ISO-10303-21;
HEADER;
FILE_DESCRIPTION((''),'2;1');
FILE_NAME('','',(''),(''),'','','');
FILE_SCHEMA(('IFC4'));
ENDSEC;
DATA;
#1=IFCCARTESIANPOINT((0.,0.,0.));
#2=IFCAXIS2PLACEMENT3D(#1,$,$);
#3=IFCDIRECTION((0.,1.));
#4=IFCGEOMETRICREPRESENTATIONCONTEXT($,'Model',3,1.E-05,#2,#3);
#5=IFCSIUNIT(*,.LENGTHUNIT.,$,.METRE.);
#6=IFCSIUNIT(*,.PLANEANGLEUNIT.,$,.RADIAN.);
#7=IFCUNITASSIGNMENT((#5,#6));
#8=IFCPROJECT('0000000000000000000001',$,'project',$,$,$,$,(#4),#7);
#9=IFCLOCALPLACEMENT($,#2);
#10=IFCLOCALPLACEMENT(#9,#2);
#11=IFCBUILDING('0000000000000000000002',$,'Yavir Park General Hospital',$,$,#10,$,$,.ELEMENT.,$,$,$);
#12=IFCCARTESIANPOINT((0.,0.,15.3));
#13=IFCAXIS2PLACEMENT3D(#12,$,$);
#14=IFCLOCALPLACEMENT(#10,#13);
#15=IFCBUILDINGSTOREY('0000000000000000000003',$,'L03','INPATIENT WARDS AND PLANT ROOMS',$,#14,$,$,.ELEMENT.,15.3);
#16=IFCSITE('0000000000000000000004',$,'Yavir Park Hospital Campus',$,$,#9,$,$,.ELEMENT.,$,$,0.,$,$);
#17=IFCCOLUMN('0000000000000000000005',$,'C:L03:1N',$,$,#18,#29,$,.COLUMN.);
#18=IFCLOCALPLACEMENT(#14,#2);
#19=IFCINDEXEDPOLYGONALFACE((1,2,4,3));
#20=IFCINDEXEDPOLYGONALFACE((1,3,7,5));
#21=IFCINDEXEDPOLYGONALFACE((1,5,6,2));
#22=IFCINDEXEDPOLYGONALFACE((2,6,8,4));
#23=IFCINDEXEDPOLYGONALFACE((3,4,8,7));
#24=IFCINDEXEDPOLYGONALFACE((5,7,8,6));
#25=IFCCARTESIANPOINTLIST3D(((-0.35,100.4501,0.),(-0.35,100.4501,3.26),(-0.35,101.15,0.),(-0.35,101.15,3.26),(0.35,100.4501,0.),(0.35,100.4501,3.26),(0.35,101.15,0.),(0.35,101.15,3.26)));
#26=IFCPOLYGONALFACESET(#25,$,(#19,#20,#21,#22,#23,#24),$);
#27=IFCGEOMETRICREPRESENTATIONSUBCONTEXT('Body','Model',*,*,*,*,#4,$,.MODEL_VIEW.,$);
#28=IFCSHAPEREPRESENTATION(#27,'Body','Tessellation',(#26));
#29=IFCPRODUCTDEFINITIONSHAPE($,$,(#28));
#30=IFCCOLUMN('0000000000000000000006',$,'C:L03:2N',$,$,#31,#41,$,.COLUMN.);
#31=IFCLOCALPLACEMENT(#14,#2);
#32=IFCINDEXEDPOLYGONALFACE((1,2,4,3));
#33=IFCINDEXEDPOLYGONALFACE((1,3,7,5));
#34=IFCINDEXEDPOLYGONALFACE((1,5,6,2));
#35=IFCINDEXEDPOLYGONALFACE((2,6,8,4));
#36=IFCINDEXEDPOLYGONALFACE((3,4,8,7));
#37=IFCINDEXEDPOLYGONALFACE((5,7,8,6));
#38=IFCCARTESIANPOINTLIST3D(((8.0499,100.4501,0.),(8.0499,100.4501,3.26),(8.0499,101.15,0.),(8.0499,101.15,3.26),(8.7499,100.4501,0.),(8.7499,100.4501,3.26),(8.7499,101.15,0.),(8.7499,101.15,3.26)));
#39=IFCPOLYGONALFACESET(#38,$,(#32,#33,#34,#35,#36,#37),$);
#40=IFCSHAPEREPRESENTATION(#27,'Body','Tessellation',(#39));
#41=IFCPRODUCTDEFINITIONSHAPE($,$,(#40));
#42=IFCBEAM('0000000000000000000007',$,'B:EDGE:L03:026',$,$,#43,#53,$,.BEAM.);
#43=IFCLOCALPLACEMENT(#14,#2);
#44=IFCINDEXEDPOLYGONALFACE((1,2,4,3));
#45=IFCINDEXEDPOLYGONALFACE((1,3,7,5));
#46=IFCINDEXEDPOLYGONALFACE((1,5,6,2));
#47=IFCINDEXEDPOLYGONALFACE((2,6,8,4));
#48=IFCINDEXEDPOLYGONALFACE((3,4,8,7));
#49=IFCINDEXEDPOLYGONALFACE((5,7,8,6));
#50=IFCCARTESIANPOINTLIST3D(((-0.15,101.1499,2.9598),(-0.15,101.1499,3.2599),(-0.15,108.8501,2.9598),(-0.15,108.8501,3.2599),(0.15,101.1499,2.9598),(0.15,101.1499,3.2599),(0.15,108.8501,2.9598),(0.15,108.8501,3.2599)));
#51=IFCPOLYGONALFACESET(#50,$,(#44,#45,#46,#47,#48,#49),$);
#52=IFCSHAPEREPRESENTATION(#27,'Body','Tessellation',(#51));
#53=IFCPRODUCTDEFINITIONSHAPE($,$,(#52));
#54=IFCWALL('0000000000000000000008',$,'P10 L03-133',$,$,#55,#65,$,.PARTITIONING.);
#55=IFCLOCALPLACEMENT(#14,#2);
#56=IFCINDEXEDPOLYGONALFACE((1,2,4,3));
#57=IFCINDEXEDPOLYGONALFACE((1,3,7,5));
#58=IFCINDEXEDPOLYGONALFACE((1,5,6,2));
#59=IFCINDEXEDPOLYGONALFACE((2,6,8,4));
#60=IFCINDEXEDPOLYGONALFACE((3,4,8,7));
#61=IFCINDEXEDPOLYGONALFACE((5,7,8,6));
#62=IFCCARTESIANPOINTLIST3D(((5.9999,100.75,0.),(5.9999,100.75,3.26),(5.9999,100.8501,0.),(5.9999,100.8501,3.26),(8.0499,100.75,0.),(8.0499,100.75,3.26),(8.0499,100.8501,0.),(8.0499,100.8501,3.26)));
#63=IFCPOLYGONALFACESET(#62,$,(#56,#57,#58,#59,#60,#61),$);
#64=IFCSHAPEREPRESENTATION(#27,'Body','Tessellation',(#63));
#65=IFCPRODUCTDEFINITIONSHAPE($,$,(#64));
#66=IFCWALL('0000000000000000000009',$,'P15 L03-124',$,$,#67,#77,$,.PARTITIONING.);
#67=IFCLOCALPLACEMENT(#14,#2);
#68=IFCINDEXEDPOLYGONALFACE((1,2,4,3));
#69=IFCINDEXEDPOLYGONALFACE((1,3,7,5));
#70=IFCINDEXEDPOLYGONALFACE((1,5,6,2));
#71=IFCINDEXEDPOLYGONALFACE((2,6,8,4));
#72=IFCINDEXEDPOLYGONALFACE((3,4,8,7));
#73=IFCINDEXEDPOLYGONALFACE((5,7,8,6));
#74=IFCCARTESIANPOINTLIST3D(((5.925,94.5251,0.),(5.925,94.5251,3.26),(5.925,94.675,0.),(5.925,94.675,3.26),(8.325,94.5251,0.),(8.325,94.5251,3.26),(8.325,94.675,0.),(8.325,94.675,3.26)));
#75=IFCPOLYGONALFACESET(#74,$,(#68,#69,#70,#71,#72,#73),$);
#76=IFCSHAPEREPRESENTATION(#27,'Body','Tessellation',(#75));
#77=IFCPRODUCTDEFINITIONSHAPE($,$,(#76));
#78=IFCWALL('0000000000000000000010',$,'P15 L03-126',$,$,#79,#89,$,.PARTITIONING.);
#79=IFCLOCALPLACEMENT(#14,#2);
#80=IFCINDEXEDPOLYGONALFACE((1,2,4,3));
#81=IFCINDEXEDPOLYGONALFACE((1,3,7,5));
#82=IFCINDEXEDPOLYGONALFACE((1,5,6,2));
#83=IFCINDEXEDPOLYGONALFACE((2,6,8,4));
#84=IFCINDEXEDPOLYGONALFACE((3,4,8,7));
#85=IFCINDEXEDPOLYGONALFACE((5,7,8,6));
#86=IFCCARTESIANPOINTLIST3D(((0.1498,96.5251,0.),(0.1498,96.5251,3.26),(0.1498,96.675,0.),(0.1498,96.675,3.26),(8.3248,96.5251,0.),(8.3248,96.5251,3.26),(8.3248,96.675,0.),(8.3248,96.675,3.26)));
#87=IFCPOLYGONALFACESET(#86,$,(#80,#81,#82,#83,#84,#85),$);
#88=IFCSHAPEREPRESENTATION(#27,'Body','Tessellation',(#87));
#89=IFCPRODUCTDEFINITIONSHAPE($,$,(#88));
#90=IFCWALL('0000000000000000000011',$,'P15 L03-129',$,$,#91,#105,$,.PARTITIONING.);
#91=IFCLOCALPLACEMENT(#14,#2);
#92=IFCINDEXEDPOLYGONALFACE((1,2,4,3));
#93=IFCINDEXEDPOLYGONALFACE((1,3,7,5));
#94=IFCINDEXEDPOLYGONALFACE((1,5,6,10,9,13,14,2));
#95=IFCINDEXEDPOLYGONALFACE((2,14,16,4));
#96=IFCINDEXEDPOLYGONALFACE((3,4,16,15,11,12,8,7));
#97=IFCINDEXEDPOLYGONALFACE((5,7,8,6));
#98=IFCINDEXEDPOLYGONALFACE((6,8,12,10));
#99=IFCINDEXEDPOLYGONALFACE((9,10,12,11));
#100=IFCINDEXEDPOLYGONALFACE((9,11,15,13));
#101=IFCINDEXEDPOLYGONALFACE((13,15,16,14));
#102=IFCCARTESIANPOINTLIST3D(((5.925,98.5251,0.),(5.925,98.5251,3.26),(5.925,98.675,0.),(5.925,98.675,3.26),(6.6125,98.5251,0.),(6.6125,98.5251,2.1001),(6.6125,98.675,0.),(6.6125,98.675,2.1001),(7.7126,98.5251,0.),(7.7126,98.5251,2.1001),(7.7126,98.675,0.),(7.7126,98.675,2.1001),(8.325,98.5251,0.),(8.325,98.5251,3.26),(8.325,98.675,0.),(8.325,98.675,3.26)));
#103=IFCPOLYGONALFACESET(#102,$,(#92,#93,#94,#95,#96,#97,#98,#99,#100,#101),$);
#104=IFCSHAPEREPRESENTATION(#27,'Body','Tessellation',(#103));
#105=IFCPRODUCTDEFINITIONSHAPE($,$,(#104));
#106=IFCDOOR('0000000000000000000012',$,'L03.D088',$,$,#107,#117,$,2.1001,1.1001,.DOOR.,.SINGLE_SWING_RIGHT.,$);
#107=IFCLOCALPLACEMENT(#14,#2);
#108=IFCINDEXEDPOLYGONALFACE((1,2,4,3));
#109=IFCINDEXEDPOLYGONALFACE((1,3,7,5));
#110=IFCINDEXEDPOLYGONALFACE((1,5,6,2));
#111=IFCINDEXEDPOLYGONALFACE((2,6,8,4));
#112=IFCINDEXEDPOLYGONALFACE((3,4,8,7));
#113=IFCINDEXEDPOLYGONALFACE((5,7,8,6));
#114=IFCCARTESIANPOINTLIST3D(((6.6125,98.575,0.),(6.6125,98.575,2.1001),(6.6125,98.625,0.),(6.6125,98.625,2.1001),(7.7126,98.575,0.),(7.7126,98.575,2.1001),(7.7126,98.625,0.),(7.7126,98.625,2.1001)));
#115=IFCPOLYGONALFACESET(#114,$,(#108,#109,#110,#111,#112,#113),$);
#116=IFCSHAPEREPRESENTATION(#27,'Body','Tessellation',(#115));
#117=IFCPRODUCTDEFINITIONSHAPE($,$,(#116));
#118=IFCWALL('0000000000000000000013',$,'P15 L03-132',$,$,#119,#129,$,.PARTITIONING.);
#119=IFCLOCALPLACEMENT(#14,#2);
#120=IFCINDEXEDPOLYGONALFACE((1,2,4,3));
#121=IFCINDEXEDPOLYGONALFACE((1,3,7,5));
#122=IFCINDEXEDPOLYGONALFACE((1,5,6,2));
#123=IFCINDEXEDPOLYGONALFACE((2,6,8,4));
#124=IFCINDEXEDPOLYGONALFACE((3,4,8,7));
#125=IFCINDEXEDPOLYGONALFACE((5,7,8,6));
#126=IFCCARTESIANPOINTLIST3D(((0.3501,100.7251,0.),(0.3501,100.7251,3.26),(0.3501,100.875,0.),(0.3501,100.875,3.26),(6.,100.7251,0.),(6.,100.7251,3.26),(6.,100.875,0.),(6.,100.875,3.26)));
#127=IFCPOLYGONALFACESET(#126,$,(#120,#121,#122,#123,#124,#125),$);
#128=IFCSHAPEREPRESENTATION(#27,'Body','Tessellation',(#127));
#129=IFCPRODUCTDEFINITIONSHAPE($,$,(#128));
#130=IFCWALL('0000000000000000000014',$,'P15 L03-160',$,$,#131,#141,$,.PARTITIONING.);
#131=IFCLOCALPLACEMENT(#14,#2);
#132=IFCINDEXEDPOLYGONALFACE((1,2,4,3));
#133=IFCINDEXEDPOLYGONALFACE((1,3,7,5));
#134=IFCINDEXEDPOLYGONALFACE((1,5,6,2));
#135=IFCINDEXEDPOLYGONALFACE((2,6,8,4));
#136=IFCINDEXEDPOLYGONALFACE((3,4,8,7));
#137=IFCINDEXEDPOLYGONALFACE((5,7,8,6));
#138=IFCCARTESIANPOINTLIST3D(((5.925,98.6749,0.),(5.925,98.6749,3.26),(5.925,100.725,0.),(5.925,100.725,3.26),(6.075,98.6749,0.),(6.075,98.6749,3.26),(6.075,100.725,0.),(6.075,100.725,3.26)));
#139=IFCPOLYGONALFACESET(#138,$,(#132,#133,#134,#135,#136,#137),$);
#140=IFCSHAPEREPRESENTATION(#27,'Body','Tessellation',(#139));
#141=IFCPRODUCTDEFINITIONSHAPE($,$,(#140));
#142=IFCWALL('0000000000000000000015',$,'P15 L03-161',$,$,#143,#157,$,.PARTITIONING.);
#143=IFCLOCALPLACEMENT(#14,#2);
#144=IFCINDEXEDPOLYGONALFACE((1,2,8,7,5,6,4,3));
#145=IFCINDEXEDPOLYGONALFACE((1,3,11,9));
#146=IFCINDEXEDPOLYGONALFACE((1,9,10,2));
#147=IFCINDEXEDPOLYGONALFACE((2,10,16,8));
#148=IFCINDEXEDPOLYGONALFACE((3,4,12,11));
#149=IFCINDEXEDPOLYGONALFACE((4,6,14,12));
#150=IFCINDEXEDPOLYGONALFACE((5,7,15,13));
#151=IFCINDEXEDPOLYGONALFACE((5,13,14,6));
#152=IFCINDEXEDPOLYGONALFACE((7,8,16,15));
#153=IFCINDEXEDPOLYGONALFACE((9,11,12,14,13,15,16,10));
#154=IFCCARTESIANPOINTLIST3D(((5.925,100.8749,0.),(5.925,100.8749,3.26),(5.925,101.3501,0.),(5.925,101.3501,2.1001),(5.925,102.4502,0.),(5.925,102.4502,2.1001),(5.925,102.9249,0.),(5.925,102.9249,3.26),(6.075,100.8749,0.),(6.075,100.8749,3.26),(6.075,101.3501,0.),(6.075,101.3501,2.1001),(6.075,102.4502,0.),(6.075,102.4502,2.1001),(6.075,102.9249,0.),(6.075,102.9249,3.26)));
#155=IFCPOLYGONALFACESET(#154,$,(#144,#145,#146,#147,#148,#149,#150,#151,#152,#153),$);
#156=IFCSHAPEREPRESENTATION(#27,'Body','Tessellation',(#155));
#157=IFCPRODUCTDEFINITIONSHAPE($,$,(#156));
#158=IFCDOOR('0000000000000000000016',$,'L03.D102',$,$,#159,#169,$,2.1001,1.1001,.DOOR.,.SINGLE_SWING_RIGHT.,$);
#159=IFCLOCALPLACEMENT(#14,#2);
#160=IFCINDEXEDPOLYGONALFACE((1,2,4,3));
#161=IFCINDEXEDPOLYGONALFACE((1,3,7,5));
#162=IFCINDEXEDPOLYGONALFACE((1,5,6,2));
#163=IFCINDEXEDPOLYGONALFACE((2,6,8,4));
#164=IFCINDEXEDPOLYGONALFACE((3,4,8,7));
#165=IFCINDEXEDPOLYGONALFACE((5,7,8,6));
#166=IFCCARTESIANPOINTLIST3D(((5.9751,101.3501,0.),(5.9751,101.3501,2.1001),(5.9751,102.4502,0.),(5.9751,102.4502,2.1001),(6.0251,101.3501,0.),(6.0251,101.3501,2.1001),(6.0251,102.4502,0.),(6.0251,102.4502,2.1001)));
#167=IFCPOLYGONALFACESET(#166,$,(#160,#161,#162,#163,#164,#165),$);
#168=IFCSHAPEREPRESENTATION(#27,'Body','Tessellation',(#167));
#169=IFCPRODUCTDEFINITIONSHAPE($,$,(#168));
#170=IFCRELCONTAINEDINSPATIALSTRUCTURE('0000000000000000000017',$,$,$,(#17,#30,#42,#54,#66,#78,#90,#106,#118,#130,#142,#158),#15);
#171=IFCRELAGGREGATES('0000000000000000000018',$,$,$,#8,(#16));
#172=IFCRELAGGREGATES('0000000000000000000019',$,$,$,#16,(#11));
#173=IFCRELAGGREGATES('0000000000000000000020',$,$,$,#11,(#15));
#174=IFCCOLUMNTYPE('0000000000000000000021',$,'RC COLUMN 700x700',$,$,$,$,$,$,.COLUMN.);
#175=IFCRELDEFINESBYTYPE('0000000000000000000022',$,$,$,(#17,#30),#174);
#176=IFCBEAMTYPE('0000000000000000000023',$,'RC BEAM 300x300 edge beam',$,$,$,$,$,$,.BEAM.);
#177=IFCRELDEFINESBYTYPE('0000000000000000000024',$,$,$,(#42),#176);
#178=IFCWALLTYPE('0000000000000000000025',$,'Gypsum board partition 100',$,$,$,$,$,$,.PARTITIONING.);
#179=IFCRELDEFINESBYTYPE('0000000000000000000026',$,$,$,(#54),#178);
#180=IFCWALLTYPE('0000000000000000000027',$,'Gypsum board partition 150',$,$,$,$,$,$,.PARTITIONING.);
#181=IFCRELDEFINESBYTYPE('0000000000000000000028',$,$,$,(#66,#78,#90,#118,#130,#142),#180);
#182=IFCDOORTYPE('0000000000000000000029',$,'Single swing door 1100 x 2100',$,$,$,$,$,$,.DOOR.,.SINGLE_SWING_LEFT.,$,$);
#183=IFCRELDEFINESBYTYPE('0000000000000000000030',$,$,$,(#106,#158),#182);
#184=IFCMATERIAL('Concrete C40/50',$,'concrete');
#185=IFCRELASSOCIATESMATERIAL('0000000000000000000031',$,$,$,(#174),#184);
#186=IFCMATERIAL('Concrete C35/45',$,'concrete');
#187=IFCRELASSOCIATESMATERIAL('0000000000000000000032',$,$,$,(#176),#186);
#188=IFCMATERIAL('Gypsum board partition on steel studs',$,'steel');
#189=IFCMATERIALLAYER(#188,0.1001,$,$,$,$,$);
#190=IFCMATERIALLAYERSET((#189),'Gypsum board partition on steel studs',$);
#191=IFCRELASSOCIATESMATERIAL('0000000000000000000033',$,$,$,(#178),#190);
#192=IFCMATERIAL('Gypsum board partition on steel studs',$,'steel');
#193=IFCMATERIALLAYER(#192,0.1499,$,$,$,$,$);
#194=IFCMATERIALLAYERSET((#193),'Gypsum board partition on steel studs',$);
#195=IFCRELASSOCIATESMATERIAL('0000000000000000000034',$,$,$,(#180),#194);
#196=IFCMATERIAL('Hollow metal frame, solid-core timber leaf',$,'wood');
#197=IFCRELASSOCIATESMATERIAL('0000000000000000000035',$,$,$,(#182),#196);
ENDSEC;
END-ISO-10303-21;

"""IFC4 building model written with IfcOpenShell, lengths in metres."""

from ifc_helpers import new_model, si_unit, direction, frame, frame_2d, origin, origin_2d, place, context, subcontext, project, spatial, rectangle, extrude, material, layer, layer_set, material_profile, profile_set, type_object, element, fill, save


model = new_model("IFC4")

# Units and contexts
model_context = context("Model", 3, precision=1e-05, world=origin(), true_north=direction((0.0, 1.0)))
body_context = subcontext(model_context, "Body", "Model", "MODEL_VIEW")
ifc_project = project(units=[si_unit("LENGTHUNIT", "METRE"), si_unit("PLANEANGLEUNIT", "RADIAN")], contexts=[model_context])

# Site, building, storey
site_placement = place(None, origin())
site = spatial("IfcSite", under=ifc_project, at=site_placement, Name="Yavir Park Hospital Campus", CompositionType="ELEMENT", RefElevation=0.0)
building_placement = place(site_placement, origin())
building = spatial("IfcBuilding", under=site, at=building_placement, Name="Yavir Park General Hospital", CompositionType="ELEMENT")
storey_placement = place(building_placement, frame((0.0, 0.0, 15.3)))
storey = spatial("IfcBuildingStorey", under=building, at=storey_placement, Name="L03", Description="INPATIENT WARDS AND PLANT ROOMS", CompositionType="ELEMENT", Elevation=15.3)

# Columns
ifc_material_1 = material(Name="Concrete C40/50", Category="concrete")
ifc_material_profile_1 = material_profile(ifc_material_1, rectangle(XDim=0.7, YDim=0.7, at=origin_2d()), Name="RC700x700")
ifc_profile_set_1 = profile_set([ifc_material_profile_1], Name="Concrete C40/50")
column_type = type_object("IfcColumnType", Name="RC COLUMN 700x700", PredefinedType="COLUMN", material=ifc_profile_set_1)
for number, where, z_axis, x_axis, name in (
    (1, (0.0, 100.8, 0.0), (0.0, 0.0, 1.0), (1.0, 0.0, 0.0), "C:L03:1N"),
    (2, (8.3999, 100.8, 0.0), (0.0, 0.0, 1.0), (1.0, 0.0, 0.0), "C:L03:2N"),
):
    element("IfcColumn", number, at=place(storey_placement, frame(where, z_axis=z_axis, x_axis=x_axis)), inside=storey, type_object=column_type, Name=name, PredefinedType="COLUMN", context=body_context, shape_type="SweptSolid", body=[
        extrude(rectangle(XDim=0.7, YDim=0.7, at=origin_2d()), origin(), (0.0, 0.0, 1.0), 3.26),
    ])

# Beam
ifc_material_2 = material(Name="Concrete C35/45", Category="concrete")
ifc_material_profile_2 = material_profile(ifc_material_2, rectangle(XDim=0.3, YDim=0.3, at=origin_2d()), Name="RC300x300")
ifc_profile_set_2 = profile_set([ifc_material_profile_2], Name="Concrete C35/45")
beam_type = type_object("IfcBeamType", Name="RC BEAM 300x300 edge beam", PredefinedType="BEAM", material=ifc_profile_set_2)
beam_placement = place(storey_placement, frame((0.0, 101.1499, 3.1099), z_axis=(0.0, 1.0, 0.0), x_axis=(-1.0, 0.0, 0.0)))
element("IfcBeam", 3, at=beam_placement, inside=storey, type_object=beam_type, Name="B:EDGE:L03:026", PredefinedType="BEAM", context=body_context, shape_type="SweptSolid", body=[
    extrude(rectangle(XDim=0.3, YDim=0.3, at=origin_2d()), origin(), (0.0, 0.0, 1.0), 7.7002),
])

# Walls
ifc_material_3 = material(Name="Gypsum board partition on steel studs", Category="steel")
ifc_layer_1 = layer(ifc_material_3, 0.1001)
ifc_layer_set_1 = layer_set([ifc_layer_1], Name="Gypsum board partition on steel studs")
wall_type_1 = type_object("IfcWallType", Name="Gypsum board partition 100", PredefinedType="PARTITIONING", material=ifc_layer_set_1)
wall_1_placement = place(storey_placement, frame((6.0, 100.8, 0.0), z_axis=(0.0, 0.0, 1.0), x_axis=(1.0, 0.0, 0.0)))
element("IfcWall", 4, at=wall_1_placement, inside=storey, type_object=wall_type_1, Name="P10 L03-133", PredefinedType="PARTITIONING", context=body_context, shape_type="SweptSolid", body=[
    extrude(rectangle(XDim=2.05, YDim=0.1001, at=frame_2d((1.0249, 0.0))), origin(), (0.0, 0.0, 1.0), 3.26),
])
ifc_material_4 = material(Name="Gypsum board partition on steel studs", Category="steel")
ifc_layer_2 = layer(ifc_material_4, 0.1499)
ifc_layer_set_2 = layer_set([ifc_layer_2], Name="Gypsum board partition on steel studs")
wall_type_2 = type_object("IfcWallType", Name="Gypsum board partition 150", PredefinedType="PARTITIONING", material=ifc_layer_set_2)
wall_2_placement = place(storey_placement, frame((5.925, 94.6001, 0.0), z_axis=(0.0, 0.0, 1.0), x_axis=(1.0, 0.0, 0.0)))
element("IfcWall", 5, at=wall_2_placement, inside=storey, type_object=wall_type_2, Name="P15 L03-124", PredefinedType="PARTITIONING", context=body_context, shape_type="SweptSolid", body=[
    extrude(rectangle(XDim=2.3999, YDim=0.1499, at=frame_2d((1.2, 0.0))), origin(), (0.0, 0.0, 1.0), 3.26),
])
wall_3_placement = place(storey_placement, frame((0.1499, 96.6001, 0.0), z_axis=(0.0, 0.0, 1.0), x_axis=(1.0, 0.0, 0.0)))
element("IfcWall", 6, at=wall_3_placement, inside=storey, type_object=wall_type_2, Name="P15 L03-126", PredefinedType="PARTITIONING", context=body_context, shape_type="SweptSolid", body=[
    extrude(rectangle(XDim=8.175, YDim=0.1499, at=frame_2d((4.0874, 0.0))), origin(), (0.0, 0.0, 1.0), 3.26),
])

# Wall, opening, door
wall_4_placement = place(storey_placement, frame((5.925, 98.6001, 0.0), z_axis=(0.0, 0.0, 1.0), x_axis=(1.0, 0.0, 0.0)))
wall_4 = element("IfcWall", 7, at=wall_4_placement, inside=storey, type_object=wall_type_2, Name="P15 L03-129", PredefinedType="PARTITIONING", context=body_context, shape_type="SweptSolid", body=[
    extrude(rectangle(XDim=2.3999, YDim=0.1499, at=frame_2d((1.2, 0.0))), origin(), (0.0, 0.0, 1.0), 3.26),
])
opening_1_placement = place(wall_4_placement, frame((0.6875, 0.0, 0.0)))
opening_1 = element("IfcOpeningElement", 8, at=opening_1_placement, cuts=wall_4, PredefinedType="OPENING", context=body_context, shape_type="SweptSolid", body=[
    extrude(rectangle(XDim=1.1001, YDim=2.1001, at=frame_2d((0.55, 1.05))), frame((0.0, 0.085, 0.0), z_axis=(0.0, -1.0, 0.0), x_axis=(1.0, 0.0, 0.0)), (0.0, 0.0, 1.0), 0.1699),
])
ifc_material_5 = material(Name="Hollow metal frame, solid-core timber leaf", Category="wood")
door_type_1 = type_object("IfcDoorType", Name="Single swing door 1100 x 2100", OperationType="SINGLE_SWING_LEFT", PredefinedType="DOOR", material=ifc_material_5)
door_1_placement = place(opening_1_placement, origin())
door_1 = element("IfcDoor", 9, at=door_1_placement, inside=storey, type_object=door_type_1, Name="L03.D088", OperationType="SINGLE_SWING_RIGHT", OverallHeight=2.1001, OverallWidth=1.1001, PredefinedType="DOOR", context=body_context, shape_type="SweptSolid", body=[
    extrude(rectangle(XDim=1.1001, YDim=2.1001, at=frame_2d((0.55, 1.05))), frame((0.0, 0.0249, 0.0), z_axis=(0.0, -1.0, 0.0), x_axis=(1.0, 0.0, 0.0)), (0.0, 0.0, 1.0), 0.05),
])
fill(opening_1, door_1)

# Walls
wall_5_placement = place(storey_placement, frame((0.3501, 100.8, 0.0), z_axis=(0.0, 0.0, 1.0), x_axis=(1.0, 0.0, 0.0)))
element("IfcWall", 10, at=wall_5_placement, inside=storey, type_object=wall_type_2, Name="P15 L03-132", PredefinedType="PARTITIONING", context=body_context, shape_type="SweptSolid", body=[
    extrude(rectangle(XDim=5.6499, YDim=0.1499, at=frame_2d((2.825, 0.0))), origin(), (0.0, 0.0, 1.0), 3.26),
])
wall_6_placement = place(storey_placement, frame((6.0, 98.675, 0.0), z_axis=(0.0, 0.0, 1.0), x_axis=(0.0, 1.0, 0.0)))
element("IfcWall", 11, at=wall_6_placement, inside=storey, type_object=wall_type_2, Name="P15 L03-160", PredefinedType="PARTITIONING", context=body_context, shape_type="SweptSolid", body=[
    extrude(rectangle(XDim=2.05, YDim=0.1499, at=frame_2d((1.0249, 0.0))), origin(), (0.0, 0.0, 1.0), 3.26),
])

# Wall, opening, door
wall_7_placement = place(storey_placement, frame((6.0, 100.875, 0.0), z_axis=(0.0, 0.0, 1.0), x_axis=(0.0, 1.0, 0.0)))
wall_7 = element("IfcWall", 12, at=wall_7_placement, inside=storey, type_object=wall_type_2, Name="P15 L03-161", PredefinedType="PARTITIONING", context=body_context, shape_type="SweptSolid", body=[
    extrude(rectangle(XDim=2.05, YDim=0.1499, at=frame_2d((1.0249, 0.0))), origin(), (0.0, 0.0, 1.0), 3.26),
])
opening_2_placement = place(wall_7_placement, frame((0.4751, 0.0, 0.0)))
opening_2 = element("IfcOpeningElement", 13, at=opening_2_placement, cuts=wall_7, PredefinedType="OPENING", context=body_context, shape_type="SweptSolid", body=[
    extrude(rectangle(XDim=1.1001, YDim=2.1001, at=frame_2d((0.55, 1.05))), frame((0.0, 0.085, 0.0), z_axis=(0.0, -1.0, 0.0), x_axis=(1.0, 0.0, 0.0)), (0.0, 0.0, 1.0), 0.1699),
])
door_2_placement = place(opening_2_placement, origin())
door_2 = element("IfcDoor", 14, at=door_2_placement, inside=storey, type_object=door_type_1, Name="L03.D102", OperationType="SINGLE_SWING_RIGHT", OverallHeight=2.1001, OverallWidth=1.1001, PredefinedType="DOOR", context=body_context, shape_type="SweptSolid", body=[
    extrude(rectangle(XDim=1.1001, YDim=2.1001, at=frame_2d((0.55, 1.05))), frame((0.0, 0.0249, 0.0), z_axis=(0.0, -1.0, 0.0), x_axis=(1.0, 0.0, 0.0)), (0.0, 0.0, 1.0), 0.05),
])
fill(opening_2, door_2)

save(model, "model.ifc")
